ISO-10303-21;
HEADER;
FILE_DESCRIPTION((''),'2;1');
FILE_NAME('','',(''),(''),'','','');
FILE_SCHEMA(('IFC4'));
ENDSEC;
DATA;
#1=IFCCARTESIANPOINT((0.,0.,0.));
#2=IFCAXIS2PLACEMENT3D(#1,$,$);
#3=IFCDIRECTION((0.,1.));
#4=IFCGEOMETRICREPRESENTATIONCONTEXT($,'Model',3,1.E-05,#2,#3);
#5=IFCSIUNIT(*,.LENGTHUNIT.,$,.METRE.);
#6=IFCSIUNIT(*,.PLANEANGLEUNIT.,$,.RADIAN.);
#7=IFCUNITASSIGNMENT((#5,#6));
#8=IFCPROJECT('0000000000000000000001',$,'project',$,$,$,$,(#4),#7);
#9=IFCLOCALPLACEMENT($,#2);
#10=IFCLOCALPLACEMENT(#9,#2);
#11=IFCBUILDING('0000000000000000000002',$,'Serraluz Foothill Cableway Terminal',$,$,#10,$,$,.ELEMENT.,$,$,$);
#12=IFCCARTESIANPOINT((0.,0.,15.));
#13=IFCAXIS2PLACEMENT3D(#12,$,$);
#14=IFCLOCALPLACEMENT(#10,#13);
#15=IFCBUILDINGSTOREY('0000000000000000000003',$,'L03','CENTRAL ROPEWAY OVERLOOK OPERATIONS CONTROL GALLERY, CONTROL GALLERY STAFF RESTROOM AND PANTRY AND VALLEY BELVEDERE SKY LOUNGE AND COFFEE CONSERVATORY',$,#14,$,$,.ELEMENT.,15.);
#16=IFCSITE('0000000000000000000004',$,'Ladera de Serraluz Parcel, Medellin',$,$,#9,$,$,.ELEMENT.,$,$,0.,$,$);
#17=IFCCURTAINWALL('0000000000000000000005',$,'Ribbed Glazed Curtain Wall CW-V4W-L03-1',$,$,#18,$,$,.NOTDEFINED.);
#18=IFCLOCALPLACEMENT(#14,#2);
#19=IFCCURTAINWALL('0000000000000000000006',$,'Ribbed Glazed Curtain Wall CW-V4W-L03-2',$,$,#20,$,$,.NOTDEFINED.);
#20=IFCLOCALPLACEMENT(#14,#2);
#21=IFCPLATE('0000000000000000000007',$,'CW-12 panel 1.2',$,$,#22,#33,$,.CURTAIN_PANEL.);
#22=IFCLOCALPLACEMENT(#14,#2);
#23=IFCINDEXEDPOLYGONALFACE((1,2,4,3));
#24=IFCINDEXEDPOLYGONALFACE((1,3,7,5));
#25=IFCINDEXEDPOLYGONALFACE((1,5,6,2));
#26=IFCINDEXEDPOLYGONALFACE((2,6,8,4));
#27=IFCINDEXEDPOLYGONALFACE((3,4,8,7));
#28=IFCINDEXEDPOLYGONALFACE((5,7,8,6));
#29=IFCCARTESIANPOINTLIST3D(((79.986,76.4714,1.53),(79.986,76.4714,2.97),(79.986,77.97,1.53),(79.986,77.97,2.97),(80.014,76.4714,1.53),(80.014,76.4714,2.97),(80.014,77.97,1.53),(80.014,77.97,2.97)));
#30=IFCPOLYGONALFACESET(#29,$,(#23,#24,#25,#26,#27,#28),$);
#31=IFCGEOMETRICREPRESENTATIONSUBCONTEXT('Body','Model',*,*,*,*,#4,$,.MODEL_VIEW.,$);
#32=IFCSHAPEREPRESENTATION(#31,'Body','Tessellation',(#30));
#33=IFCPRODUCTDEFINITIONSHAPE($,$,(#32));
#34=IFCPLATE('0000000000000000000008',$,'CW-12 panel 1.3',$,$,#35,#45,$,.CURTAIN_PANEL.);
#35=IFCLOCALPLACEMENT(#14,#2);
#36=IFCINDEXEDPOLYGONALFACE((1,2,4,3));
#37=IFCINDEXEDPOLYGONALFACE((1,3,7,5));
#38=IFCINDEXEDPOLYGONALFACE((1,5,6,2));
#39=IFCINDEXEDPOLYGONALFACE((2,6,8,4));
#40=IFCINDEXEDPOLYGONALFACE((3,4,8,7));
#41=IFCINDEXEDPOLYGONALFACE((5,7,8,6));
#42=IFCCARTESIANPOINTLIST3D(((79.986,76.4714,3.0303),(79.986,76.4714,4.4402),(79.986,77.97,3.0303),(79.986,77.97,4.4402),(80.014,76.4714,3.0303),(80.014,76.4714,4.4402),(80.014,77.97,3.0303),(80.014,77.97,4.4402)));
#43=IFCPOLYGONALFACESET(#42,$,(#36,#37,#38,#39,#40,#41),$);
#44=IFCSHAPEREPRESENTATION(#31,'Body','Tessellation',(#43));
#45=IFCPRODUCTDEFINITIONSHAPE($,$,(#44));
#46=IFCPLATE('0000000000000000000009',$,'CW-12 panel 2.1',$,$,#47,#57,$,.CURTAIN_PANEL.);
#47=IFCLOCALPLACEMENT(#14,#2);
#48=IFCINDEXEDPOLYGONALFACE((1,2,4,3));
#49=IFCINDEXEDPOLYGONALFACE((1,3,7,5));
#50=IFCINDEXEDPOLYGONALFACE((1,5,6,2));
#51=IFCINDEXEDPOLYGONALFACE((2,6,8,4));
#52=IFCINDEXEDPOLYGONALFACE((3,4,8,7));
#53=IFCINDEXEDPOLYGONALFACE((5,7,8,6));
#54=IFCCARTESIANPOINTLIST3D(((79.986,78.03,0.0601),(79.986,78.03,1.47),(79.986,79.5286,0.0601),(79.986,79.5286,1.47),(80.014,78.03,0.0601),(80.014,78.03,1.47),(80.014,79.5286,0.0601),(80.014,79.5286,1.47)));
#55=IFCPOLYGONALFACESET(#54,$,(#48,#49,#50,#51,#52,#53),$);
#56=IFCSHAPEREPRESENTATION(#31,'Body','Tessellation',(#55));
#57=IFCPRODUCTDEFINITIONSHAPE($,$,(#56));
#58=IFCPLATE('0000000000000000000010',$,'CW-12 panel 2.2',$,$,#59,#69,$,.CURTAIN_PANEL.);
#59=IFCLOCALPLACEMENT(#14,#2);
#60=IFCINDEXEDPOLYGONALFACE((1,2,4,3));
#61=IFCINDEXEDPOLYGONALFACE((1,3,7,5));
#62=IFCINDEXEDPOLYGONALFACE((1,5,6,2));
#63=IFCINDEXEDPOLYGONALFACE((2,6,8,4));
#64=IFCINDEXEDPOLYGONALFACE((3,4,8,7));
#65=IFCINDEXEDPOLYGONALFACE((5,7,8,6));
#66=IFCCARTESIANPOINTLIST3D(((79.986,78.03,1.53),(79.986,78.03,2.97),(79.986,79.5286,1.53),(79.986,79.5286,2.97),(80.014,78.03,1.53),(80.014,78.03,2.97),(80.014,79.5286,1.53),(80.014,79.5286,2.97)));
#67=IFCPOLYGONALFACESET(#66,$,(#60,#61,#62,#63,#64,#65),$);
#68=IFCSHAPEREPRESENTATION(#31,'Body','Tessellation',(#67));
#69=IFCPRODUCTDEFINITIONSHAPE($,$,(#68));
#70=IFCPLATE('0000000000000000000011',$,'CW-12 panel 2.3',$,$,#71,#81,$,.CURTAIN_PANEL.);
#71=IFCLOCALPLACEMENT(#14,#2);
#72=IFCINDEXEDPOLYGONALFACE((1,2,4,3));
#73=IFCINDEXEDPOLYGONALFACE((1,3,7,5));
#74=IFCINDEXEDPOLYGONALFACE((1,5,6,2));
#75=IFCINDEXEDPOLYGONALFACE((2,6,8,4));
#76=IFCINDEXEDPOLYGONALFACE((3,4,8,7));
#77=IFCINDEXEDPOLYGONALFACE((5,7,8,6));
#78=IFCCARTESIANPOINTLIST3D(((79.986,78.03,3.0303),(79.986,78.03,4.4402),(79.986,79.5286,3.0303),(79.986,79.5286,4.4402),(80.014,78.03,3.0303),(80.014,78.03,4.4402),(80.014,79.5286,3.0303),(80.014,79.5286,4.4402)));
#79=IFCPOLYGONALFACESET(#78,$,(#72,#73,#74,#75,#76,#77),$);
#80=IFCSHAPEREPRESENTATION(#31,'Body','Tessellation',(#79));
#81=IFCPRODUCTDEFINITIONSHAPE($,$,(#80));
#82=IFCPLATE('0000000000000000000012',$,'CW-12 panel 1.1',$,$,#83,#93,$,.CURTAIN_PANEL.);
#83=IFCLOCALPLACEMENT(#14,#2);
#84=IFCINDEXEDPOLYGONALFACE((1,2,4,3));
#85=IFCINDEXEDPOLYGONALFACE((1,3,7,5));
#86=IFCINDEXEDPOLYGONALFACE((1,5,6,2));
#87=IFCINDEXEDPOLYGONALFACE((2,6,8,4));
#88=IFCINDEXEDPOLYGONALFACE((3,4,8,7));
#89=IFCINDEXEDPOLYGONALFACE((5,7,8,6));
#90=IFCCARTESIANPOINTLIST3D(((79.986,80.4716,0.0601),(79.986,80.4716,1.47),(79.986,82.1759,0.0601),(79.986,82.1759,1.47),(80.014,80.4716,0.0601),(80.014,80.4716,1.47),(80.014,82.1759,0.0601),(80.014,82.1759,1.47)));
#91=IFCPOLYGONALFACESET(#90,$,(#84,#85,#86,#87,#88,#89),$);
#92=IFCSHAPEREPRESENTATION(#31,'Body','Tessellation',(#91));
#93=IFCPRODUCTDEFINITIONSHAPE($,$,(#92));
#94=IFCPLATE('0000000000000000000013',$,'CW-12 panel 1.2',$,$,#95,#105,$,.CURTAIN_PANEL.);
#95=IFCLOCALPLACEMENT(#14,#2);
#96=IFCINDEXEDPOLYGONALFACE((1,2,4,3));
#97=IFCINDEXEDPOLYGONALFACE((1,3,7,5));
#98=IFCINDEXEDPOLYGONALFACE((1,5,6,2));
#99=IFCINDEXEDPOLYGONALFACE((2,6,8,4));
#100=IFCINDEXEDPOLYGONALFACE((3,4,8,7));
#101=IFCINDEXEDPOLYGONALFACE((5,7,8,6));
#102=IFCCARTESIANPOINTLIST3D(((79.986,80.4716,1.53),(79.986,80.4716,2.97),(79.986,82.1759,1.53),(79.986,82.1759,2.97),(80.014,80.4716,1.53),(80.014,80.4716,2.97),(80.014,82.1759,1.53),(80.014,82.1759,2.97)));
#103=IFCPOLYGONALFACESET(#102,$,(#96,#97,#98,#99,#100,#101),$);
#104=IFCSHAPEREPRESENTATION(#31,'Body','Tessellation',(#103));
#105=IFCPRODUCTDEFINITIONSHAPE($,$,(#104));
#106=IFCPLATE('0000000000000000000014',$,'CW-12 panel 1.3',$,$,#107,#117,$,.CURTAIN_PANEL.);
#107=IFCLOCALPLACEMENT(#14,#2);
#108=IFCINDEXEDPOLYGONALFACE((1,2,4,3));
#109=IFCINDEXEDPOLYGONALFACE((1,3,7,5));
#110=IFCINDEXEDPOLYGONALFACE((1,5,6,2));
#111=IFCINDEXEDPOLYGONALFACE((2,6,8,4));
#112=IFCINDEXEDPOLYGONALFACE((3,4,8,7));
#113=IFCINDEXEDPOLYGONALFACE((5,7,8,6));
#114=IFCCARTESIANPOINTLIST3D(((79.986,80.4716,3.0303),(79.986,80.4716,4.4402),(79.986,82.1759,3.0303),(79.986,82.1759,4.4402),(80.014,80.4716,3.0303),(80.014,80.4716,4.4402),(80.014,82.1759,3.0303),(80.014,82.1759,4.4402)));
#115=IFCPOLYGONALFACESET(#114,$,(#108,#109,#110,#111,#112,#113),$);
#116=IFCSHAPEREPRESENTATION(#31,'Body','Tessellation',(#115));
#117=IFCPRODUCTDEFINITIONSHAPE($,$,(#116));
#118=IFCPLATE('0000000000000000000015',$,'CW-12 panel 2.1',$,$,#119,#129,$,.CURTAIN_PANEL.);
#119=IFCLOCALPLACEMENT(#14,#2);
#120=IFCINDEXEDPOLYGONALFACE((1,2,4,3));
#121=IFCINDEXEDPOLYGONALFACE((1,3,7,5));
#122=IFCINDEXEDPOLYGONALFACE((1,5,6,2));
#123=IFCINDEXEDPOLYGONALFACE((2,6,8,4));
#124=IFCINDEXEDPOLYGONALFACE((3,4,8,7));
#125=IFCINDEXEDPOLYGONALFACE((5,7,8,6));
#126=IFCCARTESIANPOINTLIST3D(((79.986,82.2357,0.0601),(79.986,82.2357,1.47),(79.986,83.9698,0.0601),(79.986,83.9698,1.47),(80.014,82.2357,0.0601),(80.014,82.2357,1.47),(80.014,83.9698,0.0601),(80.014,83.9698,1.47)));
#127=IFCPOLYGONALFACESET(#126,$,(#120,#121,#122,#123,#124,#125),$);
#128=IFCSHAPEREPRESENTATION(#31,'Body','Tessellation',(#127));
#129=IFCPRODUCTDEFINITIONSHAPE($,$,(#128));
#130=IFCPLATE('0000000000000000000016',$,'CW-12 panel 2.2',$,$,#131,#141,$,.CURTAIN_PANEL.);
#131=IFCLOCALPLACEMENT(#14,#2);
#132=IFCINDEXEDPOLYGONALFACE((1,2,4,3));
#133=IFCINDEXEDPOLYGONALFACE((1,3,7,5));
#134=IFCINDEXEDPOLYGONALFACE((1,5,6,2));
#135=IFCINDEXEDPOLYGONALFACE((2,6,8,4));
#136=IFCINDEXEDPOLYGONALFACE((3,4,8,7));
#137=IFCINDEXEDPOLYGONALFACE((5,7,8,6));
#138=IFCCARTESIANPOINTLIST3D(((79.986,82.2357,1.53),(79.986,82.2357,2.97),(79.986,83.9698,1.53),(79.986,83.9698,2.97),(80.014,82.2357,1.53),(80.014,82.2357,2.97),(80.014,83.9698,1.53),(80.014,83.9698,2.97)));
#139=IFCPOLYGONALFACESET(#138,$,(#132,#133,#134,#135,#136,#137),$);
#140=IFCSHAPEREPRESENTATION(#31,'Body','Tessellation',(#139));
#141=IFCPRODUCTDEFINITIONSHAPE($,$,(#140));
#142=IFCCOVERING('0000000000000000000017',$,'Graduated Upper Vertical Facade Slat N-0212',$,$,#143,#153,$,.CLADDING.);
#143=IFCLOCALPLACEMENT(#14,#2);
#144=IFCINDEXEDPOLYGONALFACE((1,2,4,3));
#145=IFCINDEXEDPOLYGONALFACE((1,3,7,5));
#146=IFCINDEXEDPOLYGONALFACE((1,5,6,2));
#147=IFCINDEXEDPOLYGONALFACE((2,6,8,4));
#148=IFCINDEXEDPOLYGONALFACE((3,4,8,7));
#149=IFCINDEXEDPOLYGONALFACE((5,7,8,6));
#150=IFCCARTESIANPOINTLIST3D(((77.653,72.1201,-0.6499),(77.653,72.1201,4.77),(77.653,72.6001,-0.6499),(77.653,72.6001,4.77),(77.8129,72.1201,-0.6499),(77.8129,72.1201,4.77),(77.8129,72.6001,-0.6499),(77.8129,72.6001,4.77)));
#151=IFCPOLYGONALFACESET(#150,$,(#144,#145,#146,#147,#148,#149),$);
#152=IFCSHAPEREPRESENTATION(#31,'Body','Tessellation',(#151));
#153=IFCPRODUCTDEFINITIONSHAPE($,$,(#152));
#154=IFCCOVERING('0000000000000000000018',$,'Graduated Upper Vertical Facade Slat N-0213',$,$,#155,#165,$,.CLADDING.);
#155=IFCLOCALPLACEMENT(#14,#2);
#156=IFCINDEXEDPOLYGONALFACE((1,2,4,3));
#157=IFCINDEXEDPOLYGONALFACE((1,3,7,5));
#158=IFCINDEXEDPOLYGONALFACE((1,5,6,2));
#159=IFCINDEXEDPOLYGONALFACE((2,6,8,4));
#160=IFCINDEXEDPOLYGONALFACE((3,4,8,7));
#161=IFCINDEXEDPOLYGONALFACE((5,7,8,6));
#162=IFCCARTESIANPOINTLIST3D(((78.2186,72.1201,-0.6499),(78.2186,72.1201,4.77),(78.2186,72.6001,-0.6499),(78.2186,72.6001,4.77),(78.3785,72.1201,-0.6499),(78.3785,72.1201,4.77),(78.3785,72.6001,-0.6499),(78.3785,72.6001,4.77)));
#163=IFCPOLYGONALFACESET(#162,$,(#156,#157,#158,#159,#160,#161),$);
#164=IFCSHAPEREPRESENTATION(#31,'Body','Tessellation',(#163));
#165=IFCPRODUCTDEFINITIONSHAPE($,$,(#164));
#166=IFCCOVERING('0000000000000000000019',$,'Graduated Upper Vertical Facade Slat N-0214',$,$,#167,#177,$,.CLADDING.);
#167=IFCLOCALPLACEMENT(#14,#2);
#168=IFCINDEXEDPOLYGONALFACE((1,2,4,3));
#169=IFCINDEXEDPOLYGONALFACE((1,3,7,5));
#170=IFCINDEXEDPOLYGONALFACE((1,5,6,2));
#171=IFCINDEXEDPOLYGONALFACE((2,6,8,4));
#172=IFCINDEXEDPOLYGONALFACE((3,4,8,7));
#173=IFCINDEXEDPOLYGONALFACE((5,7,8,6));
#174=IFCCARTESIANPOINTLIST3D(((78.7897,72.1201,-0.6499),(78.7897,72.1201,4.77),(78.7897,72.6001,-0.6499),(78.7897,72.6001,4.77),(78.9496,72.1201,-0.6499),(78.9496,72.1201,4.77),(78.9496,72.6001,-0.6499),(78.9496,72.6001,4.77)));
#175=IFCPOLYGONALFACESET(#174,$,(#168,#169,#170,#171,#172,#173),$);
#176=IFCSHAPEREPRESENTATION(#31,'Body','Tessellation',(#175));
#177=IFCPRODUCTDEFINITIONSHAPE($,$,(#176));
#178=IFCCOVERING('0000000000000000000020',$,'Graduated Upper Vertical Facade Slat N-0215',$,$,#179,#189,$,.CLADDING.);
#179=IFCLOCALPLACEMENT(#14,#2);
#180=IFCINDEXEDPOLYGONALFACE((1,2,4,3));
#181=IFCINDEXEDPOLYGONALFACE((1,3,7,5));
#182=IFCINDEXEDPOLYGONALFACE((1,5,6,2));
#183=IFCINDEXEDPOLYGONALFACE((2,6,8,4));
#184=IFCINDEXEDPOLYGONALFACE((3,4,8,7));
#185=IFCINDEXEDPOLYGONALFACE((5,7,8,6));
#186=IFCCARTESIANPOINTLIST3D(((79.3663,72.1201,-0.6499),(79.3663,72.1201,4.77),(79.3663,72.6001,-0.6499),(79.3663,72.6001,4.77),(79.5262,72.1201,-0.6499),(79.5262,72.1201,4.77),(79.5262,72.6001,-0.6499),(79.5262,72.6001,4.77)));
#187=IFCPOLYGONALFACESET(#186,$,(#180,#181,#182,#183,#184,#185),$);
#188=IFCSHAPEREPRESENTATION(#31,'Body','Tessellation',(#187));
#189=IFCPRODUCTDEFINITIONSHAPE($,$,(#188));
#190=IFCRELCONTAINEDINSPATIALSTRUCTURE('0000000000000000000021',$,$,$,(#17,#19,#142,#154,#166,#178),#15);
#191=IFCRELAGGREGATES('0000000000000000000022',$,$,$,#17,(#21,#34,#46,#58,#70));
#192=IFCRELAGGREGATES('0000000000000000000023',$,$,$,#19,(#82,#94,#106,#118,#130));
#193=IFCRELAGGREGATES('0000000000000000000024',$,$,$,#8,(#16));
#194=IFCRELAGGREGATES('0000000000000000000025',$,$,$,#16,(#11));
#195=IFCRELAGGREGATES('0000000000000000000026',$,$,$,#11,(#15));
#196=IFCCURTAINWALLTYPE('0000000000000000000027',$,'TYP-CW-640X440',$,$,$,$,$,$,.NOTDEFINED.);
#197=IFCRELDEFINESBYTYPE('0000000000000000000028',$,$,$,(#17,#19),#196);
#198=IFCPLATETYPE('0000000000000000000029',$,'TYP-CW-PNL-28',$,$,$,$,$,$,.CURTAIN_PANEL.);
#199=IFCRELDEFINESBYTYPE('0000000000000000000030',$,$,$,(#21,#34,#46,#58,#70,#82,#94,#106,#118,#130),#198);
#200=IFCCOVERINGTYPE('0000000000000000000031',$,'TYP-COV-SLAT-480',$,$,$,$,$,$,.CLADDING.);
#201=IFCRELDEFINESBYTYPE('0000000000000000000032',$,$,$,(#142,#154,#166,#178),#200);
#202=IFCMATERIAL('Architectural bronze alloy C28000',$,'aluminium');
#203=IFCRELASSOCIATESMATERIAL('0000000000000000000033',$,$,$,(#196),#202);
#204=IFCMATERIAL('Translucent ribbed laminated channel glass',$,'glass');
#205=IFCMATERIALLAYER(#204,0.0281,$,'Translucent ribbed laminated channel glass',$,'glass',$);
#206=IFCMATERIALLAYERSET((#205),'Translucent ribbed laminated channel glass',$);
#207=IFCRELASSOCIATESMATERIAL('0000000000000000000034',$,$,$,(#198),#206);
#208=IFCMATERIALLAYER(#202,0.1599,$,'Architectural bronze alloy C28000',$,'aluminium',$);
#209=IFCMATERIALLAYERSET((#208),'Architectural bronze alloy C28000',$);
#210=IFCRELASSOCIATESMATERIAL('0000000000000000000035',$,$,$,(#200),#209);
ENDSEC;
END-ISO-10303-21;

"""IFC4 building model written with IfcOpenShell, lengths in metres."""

from ifc_helpers import new_model, si_unit, direction, frame, origin, origin_2d, place, context, subcontext, project, spatial, rectangle, extrude, material, layer, layer_set, type_object, element, aggregate, save


model = new_model("IFC4")

# Units and contexts
model_context = context("Model", 3, precision=1e-05, world=origin(), true_north=direction((0.0, 1.0)))
body_context = subcontext(model_context, "Body", "Model", "MODEL_VIEW")
ifc_project = project(units=[si_unit("LENGTHUNIT", "METRE"), si_unit("PLANEANGLEUNIT", "RADIAN")], contexts=[model_context])

# Site, building, storey
site_placement = place(None, origin())
site = spatial("IfcSite", under=ifc_project, at=site_placement, Name="Ladera de Serraluz Parcel, Medellin", CompositionType="ELEMENT", RefElevation=0.0)
building_placement = place(site_placement, origin())
building = spatial("IfcBuilding", under=site, at=building_placement, Name="Serraluz Foothill Cableway Terminal", CompositionType="ELEMENT")
storey_placement = place(building_placement, frame((0.0, 0.0, 15.0)))
storey = spatial("IfcBuildingStorey", under=building, at=storey_placement, Name="L03", Description="CENTRAL ROPEWAY OVERLOOK OPERATIONS CONTROL GALLERY, CONTROL GALLERY STAFF RESTROOM AND PANTRY AND VALLEY BELVEDERE SKY LOUNGE AND COFFEE CONSERVATORY", CompositionType="ELEMENT", Elevation=15.0)

# Curtain walls
ifc_material_1 = material(Name="Architectural bronze alloy C28000", Category="aluminium")
curtain_wall_type = type_object("IfcCurtainWallType", Name="TYP-CW-640X440", PredefinedType="NOTDEFINED", material=ifc_material_1)
curtain_wall_1_placement = place(storey_placement, origin())
curtain_wall_1 = element("IfcCurtainWall", 1, at=curtain_wall_1_placement, inside=storey, type_object=curtain_wall_type, Name="Ribbed Glazed Curtain Wall CW-V4W-L03-1", PredefinedType="NOTDEFINED")
curtain_wall_2_placement = place(storey_placement, origin())
curtain_wall_2 = element("IfcCurtainWall", 2, at=curtain_wall_2_placement, inside=storey, type_object=curtain_wall_type, Name="Ribbed Glazed Curtain Wall CW-V4W-L03-2", PredefinedType="NOTDEFINED")

# Plates
ifc_material_2 = material(Name="Translucent ribbed laminated channel glass", Category="glass")
ifc_layer_1 = layer(ifc_material_2, 0.0281, Name="Translucent ribbed laminated channel glass", Category="glass")
ifc_layer_set_1 = layer_set([ifc_layer_1], Name="Translucent ribbed laminated channel glass")
plate_type = type_object("IfcPlateType", Name="TYP-CW-PNL-28", PredefinedType="CURTAIN_PANEL", material=ifc_layer_set_1)
plate_1_placement = place(storey_placement, frame((80.0, 77.2207, 1.53), z_axis=(0.0, 0.0, 1.0), x_axis=(0.0, 1.0, 0.0)))
plate_1 = element("IfcPlate", 3, at=plate_1_placement, type_object=plate_type, Name="CW-12 panel 1.2", PredefinedType="CURTAIN_PANEL", context=body_context, shape_type="SweptSolid", body=[
    extrude(rectangle(XDim=1.4985, YDim=0.0281, at=origin_2d()), origin(), (0.0, 0.0, 1.0), 1.4399),
])
plate_2_placement = place(storey_placement, frame((80.0, 77.2207, 3.0303), z_axis=(0.0, 0.0, 1.0), x_axis=(0.0, 1.0, 0.0)))
plate_2 = element("IfcPlate", 4, at=plate_2_placement, type_object=plate_type, Name="CW-12 panel 1.3", PredefinedType="CURTAIN_PANEL", context=body_context, shape_type="SweptSolid", body=[
    extrude(rectangle(XDim=1.4985, YDim=0.0281, at=origin_2d()), origin(), (0.0, 0.0, 1.0), 1.4099),
])
plate_3_placement = place(storey_placement, frame((80.0, 78.7793, 0.0601), z_axis=(0.0, 0.0, 1.0), x_axis=(0.0, 1.0, 0.0)))
plate_3 = element("IfcPlate", 5, at=plate_3_placement, type_object=plate_type, Name="CW-12 panel 2.1", PredefinedType="CURTAIN_PANEL", context=body_context, shape_type="SweptSolid", body=[
    extrude(rectangle(XDim=1.4985, YDim=0.0281, at=origin_2d()), origin(), (0.0, 0.0, 1.0), 1.4099),
])
plate_4_placement = place(storey_placement, frame((80.0, 78.7793, 1.53), z_axis=(0.0, 0.0, 1.0), x_axis=(0.0, 1.0, 0.0)))
plate_4 = element("IfcPlate", 6, at=plate_4_placement, type_object=plate_type, Name="CW-12 panel 2.2", PredefinedType="CURTAIN_PANEL", context=body_context, shape_type="SweptSolid", body=[
    extrude(rectangle(XDim=1.4985, YDim=0.0281, at=origin_2d()), origin(), (0.0, 0.0, 1.0), 1.4399),
])
plate_5_placement = place(storey_placement, frame((80.0, 78.7793, 3.0303), z_axis=(0.0, 0.0, 1.0), x_axis=(0.0, 1.0, 0.0)))
plate_5 = element("IfcPlate", 7, at=plate_5_placement, type_object=plate_type, Name="CW-12 panel 2.3", PredefinedType="CURTAIN_PANEL", context=body_context, shape_type="SweptSolid", body=[
    extrude(rectangle(XDim=1.4985, YDim=0.0281, at=origin_2d()), origin(), (0.0, 0.0, 1.0), 1.4099),
])
aggregate(curtain_wall_1, [plate_1, plate_2, plate_3, plate_4, plate_5])
plate_6_placement = place(storey_placement, frame((80.0, 81.3237, 0.0601), z_axis=(0.0, 0.0, 1.0), x_axis=(0.0, 1.0, 0.0)))
plate_6 = element("IfcPlate", 8, at=plate_6_placement, type_object=plate_type, Name="CW-12 panel 1.1", PredefinedType="CURTAIN_PANEL", context=body_context, shape_type="SweptSolid", body=[
    extrude(rectangle(XDim=1.7043, YDim=0.0281, at=origin_2d()), origin(), (0.0, 0.0, 1.0), 1.4099),
])
plate_7_placement = place(storey_placement, frame((80.0, 81.3237, 1.53), z_axis=(0.0, 0.0, 1.0), x_axis=(0.0, 1.0, 0.0)))
plate_7 = element("IfcPlate", 9, at=plate_7_placement, type_object=plate_type, Name="CW-12 panel 1.2", PredefinedType="CURTAIN_PANEL", context=body_context, shape_type="SweptSolid", body=[
    extrude(rectangle(XDim=1.7043, YDim=0.0281, at=origin_2d()), origin(), (0.0, 0.0, 1.0), 1.4399),
])
plate_8_placement = place(storey_placement, frame((80.0, 81.3237, 3.0303), z_axis=(0.0, 0.0, 1.0), x_axis=(0.0, 1.0, 0.0)))
plate_8 = element("IfcPlate", 10, at=plate_8_placement, type_object=plate_type, Name="CW-12 panel 1.3", PredefinedType="CURTAIN_PANEL", context=body_context, shape_type="SweptSolid", body=[
    extrude(rectangle(XDim=1.7043, YDim=0.0281, at=origin_2d()), origin(), (0.0, 0.0, 1.0), 1.4099),
])
plate_9_placement = place(storey_placement, frame((80.0, 83.1028, 0.0601), z_axis=(0.0, 0.0, 1.0), x_axis=(0.0, 1.0, 0.0)))
plate_9 = element("IfcPlate", 11, at=plate_9_placement, type_object=plate_type, Name="CW-12 panel 2.1", PredefinedType="CURTAIN_PANEL", context=body_context, shape_type="SweptSolid", body=[
    extrude(rectangle(XDim=1.7341, YDim=0.0281, at=origin_2d()), origin(), (0.0, 0.0, 1.0), 1.4099),
])
plate_10_placement = place(storey_placement, frame((80.0, 83.1028, 1.53), z_axis=(0.0, 0.0, 1.0), x_axis=(0.0, 1.0, 0.0)))
plate_10 = element("IfcPlate", 12, at=plate_10_placement, type_object=plate_type, Name="CW-12 panel 2.2", PredefinedType="CURTAIN_PANEL", context=body_context, shape_type="SweptSolid", body=[
    extrude(rectangle(XDim=1.7341, YDim=0.0281, at=origin_2d()), origin(), (0.0, 0.0, 1.0), 1.4399),
])
aggregate(curtain_wall_2, [plate_6, plate_7, plate_8, plate_9, plate_10])

# Coverings
ifc_layer_2 = layer(ifc_material_1, 0.1599, Name="Architectural bronze alloy C28000", Category="aluminium")
ifc_layer_set_2 = layer_set([ifc_layer_2], Name="Architectural bronze alloy C28000")
covering_type = type_object("IfcCoveringType", Name="TYP-COV-SLAT-480", PredefinedType="CLADDING", material=ifc_layer_set_2)
for number, where, z_axis, x_axis, name in (
    (13, (77.7329, 72.3601, -0.6499), (0.0, 0.0, 1.0), (1.0, 0.0, 0.0), "Graduated Upper Vertical Facade Slat N-0212"),
    (14, (78.2986, 72.3601, -0.6499), (0.0, 0.0, 1.0), (1.0, 0.0, 0.0), "Graduated Upper Vertical Facade Slat N-0213"),
    (15, (78.8696, 72.3601, -0.6499), (0.0, 0.0, 1.0), (1.0, 0.0, 0.0), "Graduated Upper Vertical Facade Slat N-0214"),
    (16, (79.4463, 72.3601, -0.6499), (0.0, 0.0, 1.0), (1.0, 0.0, 0.0), "Graduated Upper Vertical Facade Slat N-0215"),
):
    element("IfcCovering", number, at=place(storey_placement, frame(where, z_axis=z_axis, x_axis=x_axis)), inside=storey, type_object=covering_type, Name=name, PredefinedType="CLADDING", context=body_context, shape_type="SweptSolid", body=[
        extrude(rectangle(XDim=0.1599, YDim=0.48, at=origin_2d()), origin(), (0.0, 0.0, 1.0), 5.4199),
    ])

save(model, "model.ifc")
